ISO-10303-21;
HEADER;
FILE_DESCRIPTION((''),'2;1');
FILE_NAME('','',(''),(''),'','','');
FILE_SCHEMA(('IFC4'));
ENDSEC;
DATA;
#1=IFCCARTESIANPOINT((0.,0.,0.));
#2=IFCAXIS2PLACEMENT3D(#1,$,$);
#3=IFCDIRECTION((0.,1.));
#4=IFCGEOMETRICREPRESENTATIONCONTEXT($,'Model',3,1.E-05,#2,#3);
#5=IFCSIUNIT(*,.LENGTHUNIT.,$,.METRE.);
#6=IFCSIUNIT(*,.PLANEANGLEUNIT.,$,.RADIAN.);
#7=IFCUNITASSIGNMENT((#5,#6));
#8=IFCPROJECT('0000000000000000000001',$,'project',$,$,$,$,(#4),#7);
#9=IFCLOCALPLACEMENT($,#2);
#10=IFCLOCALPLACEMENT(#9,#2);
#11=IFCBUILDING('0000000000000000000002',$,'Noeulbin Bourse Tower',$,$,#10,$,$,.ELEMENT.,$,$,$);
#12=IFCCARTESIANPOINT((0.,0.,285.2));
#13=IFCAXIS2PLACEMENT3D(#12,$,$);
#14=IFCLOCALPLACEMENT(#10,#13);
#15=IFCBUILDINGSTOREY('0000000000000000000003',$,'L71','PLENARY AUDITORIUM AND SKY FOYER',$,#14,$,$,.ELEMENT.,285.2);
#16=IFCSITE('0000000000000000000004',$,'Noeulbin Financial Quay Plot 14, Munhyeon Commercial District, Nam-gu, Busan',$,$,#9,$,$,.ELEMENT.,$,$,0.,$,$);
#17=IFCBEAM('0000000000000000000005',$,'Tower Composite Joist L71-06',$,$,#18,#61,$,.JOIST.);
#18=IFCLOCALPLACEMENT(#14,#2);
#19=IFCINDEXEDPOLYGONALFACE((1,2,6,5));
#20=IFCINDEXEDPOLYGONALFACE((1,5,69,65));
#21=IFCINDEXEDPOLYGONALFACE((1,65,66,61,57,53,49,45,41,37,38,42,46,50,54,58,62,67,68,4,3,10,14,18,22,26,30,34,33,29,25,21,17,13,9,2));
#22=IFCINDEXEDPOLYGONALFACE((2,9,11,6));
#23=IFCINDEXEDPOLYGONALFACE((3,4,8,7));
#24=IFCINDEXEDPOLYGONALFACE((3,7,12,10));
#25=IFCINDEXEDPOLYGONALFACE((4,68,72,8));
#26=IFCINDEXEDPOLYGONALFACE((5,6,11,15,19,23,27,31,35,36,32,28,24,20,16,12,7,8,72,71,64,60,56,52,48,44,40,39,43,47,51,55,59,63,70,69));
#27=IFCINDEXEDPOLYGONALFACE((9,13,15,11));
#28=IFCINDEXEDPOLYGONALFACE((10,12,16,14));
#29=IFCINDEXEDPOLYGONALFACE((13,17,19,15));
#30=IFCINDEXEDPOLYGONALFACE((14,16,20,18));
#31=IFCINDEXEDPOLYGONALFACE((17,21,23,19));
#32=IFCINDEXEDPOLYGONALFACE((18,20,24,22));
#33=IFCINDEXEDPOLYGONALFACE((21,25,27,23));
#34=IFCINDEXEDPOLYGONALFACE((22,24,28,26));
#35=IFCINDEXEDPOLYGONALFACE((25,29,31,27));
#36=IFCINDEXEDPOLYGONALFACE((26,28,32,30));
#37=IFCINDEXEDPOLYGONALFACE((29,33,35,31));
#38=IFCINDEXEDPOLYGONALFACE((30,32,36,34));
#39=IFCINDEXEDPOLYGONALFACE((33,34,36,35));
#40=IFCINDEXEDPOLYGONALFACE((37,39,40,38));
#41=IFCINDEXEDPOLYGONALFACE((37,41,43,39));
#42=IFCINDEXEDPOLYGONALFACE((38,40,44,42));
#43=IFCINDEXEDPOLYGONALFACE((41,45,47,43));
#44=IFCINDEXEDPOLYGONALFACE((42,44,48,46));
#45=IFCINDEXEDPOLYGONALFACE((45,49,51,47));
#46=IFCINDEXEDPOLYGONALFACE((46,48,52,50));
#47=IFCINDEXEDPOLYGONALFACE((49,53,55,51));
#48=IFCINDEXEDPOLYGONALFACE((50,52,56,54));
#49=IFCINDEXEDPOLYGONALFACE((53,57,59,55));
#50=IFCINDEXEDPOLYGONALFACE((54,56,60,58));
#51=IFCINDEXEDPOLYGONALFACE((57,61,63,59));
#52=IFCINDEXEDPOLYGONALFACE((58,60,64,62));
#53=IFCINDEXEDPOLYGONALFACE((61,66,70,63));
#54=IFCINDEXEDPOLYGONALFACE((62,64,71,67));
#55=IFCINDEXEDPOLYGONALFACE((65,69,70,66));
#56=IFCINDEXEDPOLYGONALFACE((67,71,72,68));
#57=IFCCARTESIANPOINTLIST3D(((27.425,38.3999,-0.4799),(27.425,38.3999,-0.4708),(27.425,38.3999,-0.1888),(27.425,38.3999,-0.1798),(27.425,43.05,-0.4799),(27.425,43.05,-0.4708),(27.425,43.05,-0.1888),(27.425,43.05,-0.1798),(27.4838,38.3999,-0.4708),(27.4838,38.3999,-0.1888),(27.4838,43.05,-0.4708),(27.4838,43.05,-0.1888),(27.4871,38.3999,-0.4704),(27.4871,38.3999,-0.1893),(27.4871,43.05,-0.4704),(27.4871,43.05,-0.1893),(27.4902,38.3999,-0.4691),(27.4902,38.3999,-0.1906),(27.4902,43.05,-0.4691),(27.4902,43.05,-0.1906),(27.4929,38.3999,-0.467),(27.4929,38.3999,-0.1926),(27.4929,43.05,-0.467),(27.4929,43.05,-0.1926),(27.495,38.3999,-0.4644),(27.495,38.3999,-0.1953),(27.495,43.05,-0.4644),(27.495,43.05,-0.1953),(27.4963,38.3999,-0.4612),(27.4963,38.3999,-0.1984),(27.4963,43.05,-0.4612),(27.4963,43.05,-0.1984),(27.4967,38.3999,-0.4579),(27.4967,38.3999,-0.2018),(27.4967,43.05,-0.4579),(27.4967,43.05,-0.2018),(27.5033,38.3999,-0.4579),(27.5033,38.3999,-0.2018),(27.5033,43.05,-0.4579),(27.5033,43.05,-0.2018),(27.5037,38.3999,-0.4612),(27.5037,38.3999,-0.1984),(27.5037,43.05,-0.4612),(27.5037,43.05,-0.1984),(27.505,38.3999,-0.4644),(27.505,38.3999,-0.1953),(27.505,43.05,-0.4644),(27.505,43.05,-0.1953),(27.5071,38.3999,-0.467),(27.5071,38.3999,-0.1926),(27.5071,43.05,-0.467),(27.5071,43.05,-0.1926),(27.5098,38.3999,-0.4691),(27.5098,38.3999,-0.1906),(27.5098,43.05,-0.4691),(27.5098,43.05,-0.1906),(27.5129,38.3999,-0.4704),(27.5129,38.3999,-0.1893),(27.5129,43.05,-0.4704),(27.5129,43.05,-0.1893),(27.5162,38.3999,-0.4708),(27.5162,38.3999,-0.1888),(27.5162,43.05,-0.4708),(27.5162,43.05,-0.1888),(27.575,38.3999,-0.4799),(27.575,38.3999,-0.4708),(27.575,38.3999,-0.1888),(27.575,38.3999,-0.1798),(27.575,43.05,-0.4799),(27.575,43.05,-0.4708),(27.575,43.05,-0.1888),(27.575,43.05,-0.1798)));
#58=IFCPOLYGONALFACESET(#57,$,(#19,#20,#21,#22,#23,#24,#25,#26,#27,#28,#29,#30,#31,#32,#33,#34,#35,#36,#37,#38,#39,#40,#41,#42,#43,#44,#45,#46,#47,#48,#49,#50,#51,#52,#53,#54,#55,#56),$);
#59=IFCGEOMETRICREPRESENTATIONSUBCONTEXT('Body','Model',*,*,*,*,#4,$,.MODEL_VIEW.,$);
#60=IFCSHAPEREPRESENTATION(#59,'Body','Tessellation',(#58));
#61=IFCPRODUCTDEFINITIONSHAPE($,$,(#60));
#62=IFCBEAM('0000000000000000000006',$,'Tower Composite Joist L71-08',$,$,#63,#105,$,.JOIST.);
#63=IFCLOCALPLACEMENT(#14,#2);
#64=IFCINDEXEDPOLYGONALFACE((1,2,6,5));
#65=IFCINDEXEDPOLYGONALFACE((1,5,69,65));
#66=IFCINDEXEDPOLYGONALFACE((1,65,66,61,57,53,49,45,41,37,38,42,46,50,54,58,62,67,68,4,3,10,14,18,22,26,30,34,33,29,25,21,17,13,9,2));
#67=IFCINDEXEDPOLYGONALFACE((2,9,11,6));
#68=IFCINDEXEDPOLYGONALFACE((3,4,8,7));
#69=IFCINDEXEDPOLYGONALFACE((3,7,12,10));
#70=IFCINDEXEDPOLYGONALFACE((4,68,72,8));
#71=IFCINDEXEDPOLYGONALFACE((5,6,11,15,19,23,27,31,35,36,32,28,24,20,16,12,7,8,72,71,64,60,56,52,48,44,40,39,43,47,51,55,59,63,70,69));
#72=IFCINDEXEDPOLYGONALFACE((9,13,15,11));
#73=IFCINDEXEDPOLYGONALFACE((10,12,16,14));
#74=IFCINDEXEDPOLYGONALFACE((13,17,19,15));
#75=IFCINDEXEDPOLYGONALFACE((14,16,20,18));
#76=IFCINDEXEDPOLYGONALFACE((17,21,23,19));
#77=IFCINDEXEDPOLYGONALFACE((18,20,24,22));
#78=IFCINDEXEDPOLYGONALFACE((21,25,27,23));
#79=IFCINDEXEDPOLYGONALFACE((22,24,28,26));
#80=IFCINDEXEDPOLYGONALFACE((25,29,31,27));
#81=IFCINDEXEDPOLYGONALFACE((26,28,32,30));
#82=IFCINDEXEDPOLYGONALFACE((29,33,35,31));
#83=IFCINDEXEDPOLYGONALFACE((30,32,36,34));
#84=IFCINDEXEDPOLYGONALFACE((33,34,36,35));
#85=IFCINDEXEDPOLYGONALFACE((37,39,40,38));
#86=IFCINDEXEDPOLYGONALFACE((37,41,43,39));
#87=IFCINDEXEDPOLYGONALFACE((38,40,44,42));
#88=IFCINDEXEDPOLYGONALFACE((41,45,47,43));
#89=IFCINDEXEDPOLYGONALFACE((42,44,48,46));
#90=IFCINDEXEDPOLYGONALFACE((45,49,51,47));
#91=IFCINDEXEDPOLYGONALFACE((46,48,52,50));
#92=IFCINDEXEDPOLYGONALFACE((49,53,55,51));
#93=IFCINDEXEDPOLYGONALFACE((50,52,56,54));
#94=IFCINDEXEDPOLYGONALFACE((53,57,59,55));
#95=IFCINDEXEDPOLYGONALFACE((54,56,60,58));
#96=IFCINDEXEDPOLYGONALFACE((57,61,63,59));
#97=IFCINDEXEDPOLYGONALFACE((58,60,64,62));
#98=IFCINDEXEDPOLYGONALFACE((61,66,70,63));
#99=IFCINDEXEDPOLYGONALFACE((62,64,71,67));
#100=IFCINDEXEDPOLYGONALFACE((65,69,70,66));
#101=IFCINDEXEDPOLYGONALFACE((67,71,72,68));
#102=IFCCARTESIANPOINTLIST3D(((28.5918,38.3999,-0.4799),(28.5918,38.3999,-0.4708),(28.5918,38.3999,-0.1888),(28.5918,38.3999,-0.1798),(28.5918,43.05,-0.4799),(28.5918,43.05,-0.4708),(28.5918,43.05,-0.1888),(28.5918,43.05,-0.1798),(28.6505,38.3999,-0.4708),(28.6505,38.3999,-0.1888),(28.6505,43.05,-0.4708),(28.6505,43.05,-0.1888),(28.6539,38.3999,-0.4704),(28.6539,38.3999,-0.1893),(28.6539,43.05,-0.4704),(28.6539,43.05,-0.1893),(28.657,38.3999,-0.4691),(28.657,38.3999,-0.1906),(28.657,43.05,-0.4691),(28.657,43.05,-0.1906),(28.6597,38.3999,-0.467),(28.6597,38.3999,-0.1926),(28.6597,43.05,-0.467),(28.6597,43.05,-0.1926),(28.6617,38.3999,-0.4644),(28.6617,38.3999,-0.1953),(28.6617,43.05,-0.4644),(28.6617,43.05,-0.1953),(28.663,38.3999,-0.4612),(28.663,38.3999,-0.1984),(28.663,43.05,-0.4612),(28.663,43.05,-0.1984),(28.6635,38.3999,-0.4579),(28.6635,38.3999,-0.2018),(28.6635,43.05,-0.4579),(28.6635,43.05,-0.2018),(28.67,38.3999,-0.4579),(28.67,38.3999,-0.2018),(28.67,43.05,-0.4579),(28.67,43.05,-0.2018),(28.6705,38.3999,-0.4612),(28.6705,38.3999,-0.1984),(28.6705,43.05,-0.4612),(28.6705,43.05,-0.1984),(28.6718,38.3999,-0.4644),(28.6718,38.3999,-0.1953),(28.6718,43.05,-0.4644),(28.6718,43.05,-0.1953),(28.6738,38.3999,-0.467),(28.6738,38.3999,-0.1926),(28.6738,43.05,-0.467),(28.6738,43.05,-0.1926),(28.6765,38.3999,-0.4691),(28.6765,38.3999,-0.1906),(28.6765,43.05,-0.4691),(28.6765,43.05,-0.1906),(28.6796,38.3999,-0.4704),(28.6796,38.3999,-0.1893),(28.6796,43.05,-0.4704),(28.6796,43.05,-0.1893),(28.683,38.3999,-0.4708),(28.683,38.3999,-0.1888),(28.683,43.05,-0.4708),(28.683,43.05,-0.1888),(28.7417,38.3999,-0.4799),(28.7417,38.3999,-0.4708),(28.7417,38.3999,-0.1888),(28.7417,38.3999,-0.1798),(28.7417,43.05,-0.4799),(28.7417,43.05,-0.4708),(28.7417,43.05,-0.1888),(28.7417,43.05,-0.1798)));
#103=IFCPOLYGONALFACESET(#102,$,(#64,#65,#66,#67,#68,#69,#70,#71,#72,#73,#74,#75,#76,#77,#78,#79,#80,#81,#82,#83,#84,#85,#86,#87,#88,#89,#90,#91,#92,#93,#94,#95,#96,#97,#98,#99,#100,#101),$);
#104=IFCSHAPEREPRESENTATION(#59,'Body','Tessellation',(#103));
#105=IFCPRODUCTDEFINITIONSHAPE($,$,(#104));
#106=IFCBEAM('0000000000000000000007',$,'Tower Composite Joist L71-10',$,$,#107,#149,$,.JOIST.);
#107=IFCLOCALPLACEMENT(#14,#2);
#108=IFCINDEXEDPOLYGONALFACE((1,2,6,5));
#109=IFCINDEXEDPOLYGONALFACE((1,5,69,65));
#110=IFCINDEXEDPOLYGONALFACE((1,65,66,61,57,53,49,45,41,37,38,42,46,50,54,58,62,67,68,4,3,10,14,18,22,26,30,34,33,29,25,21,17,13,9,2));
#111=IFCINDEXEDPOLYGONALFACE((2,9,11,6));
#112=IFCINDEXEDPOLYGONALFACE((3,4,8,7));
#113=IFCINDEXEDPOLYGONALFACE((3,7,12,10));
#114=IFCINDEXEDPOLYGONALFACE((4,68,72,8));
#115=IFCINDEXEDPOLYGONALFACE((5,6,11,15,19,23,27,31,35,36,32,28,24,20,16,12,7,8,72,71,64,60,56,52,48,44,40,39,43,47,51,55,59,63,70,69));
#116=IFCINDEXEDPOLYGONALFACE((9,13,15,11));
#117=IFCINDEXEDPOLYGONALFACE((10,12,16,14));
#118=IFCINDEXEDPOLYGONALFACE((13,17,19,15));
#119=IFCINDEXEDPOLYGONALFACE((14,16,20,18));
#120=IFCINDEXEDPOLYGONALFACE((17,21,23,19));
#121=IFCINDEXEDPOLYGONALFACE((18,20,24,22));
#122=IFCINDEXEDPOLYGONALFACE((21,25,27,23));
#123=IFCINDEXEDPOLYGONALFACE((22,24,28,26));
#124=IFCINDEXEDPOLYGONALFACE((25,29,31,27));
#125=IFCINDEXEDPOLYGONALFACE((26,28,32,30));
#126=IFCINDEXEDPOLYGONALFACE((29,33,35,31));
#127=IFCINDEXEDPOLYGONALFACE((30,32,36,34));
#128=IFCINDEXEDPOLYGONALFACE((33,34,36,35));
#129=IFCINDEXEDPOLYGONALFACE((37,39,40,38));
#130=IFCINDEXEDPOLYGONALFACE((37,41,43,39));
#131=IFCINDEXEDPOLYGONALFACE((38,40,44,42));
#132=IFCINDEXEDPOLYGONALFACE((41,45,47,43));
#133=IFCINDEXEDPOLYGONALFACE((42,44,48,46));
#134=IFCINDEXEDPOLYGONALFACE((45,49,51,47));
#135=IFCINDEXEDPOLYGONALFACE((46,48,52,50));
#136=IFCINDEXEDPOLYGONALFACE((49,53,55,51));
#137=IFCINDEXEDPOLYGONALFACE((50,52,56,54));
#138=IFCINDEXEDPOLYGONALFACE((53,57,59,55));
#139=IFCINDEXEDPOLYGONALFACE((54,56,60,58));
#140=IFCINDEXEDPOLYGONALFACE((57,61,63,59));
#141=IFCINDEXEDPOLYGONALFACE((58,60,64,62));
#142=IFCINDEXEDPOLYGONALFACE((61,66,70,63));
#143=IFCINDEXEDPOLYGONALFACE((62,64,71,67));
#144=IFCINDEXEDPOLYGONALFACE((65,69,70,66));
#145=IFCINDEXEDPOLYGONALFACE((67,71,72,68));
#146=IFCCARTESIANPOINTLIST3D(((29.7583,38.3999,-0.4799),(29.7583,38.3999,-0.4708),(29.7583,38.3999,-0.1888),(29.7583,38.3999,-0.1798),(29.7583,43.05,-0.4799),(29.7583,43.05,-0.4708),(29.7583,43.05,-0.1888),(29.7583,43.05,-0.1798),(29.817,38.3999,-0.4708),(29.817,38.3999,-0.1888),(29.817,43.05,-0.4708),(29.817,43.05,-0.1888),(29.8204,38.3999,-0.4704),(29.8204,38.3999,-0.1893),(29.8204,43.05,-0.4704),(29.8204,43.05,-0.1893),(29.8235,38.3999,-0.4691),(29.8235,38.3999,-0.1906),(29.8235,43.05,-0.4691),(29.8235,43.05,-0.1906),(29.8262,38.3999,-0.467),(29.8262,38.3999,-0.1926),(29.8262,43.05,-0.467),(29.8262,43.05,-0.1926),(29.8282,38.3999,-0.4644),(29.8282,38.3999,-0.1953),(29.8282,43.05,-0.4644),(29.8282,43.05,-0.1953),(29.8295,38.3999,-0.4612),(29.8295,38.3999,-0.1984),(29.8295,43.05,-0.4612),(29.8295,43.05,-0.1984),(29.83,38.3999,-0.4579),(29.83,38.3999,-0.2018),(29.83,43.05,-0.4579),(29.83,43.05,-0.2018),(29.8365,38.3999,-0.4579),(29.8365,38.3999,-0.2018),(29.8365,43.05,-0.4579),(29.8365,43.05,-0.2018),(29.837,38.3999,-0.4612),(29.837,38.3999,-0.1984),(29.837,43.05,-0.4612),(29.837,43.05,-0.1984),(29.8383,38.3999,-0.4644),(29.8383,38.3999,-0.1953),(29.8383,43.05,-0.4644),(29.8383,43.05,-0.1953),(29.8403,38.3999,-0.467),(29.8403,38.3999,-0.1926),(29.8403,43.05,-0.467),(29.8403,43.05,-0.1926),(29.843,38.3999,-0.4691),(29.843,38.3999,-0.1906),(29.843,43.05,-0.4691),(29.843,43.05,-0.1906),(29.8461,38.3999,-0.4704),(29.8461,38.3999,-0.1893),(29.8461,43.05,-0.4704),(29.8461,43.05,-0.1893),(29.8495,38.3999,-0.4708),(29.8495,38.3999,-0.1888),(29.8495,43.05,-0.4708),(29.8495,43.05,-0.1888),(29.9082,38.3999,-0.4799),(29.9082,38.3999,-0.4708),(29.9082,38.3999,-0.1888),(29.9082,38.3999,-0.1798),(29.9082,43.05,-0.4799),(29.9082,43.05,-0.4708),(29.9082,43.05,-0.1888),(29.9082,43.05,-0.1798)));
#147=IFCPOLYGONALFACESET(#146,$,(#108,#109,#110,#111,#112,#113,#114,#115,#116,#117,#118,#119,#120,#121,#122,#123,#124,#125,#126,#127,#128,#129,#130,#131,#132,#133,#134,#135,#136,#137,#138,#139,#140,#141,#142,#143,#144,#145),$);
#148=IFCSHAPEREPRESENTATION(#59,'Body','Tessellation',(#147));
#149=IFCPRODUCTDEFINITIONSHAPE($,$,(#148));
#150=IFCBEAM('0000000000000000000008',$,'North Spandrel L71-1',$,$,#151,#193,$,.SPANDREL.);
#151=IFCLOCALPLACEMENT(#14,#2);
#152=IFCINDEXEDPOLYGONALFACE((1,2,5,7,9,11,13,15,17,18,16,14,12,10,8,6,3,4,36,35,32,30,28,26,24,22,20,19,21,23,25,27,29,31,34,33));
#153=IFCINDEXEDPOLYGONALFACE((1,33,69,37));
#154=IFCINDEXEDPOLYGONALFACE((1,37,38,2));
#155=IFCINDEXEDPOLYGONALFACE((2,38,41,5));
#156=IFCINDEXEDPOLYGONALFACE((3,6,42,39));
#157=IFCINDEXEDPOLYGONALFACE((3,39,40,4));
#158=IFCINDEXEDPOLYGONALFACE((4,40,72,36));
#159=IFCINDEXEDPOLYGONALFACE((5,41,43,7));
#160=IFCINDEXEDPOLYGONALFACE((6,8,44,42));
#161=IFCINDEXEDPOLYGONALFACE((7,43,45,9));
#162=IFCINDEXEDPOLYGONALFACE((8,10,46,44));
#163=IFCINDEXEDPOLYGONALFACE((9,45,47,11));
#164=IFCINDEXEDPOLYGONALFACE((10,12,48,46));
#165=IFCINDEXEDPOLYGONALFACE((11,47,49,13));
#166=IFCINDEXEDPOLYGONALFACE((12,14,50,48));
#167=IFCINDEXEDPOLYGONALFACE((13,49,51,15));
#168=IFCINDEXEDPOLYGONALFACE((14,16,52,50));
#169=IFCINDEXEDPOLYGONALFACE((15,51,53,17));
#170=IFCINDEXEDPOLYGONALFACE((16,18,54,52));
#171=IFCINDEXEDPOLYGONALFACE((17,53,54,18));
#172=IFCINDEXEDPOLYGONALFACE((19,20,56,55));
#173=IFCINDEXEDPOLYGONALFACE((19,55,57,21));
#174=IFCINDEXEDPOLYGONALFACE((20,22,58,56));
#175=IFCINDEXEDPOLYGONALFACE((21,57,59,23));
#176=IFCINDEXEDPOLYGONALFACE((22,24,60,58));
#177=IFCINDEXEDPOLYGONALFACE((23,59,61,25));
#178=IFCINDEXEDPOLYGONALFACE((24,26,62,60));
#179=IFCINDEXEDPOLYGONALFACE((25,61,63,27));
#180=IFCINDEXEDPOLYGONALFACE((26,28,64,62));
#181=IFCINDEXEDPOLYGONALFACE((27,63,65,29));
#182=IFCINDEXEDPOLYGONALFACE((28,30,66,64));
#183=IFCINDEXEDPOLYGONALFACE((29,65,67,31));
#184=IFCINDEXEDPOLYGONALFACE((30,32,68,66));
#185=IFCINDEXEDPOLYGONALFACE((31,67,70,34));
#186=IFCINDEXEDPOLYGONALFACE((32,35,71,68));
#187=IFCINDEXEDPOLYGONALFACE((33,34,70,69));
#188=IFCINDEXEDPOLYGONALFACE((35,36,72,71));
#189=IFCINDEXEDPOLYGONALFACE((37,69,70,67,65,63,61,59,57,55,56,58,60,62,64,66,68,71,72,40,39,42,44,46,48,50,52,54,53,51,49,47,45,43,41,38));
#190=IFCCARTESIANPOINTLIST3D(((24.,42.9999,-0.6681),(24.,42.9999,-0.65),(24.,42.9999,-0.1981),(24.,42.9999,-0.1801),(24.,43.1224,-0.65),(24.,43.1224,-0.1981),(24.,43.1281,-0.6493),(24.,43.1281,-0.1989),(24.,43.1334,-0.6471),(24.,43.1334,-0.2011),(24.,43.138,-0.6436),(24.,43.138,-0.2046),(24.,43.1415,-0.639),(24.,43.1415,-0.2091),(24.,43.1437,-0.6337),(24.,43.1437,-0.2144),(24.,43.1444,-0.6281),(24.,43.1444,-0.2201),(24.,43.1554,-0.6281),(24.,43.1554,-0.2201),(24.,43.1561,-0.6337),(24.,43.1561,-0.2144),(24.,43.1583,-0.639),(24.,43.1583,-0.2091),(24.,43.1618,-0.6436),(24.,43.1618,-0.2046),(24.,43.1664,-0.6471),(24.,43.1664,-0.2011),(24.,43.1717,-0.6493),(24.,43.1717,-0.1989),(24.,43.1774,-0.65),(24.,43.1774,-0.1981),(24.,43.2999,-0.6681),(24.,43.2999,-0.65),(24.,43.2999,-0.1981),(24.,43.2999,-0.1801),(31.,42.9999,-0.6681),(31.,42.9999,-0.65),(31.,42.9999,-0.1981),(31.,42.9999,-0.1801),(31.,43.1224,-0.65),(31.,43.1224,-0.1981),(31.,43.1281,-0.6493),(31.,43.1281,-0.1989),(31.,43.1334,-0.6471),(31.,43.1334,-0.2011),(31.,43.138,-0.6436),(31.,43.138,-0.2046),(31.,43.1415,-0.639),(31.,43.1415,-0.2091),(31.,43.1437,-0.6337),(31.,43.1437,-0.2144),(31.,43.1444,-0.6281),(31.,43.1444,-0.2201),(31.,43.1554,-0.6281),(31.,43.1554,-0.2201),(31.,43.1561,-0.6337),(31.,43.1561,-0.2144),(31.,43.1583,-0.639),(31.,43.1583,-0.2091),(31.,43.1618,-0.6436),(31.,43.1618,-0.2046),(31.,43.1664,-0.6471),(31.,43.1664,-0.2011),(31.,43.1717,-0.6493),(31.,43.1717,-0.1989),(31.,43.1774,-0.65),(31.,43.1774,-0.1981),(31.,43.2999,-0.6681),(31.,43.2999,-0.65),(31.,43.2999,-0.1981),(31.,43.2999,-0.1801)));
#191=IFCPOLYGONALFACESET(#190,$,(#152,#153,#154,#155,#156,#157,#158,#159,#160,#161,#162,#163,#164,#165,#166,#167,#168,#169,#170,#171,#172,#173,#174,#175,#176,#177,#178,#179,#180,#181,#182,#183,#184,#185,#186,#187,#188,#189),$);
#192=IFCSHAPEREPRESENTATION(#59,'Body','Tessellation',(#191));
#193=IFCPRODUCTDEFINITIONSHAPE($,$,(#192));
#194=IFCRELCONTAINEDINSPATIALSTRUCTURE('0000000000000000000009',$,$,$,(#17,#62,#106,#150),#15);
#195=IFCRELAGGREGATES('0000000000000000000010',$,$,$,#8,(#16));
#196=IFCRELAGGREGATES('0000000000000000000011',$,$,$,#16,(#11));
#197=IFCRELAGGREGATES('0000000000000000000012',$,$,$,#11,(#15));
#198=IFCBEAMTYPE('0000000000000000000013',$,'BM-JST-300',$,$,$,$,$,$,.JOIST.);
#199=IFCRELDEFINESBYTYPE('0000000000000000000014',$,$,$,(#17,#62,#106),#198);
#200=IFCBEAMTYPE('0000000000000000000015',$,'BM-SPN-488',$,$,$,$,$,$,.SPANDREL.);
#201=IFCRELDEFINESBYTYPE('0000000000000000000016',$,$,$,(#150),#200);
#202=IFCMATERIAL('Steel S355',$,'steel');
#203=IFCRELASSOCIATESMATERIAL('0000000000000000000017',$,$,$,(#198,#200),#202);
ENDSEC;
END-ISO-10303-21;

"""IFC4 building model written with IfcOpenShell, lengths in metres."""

from ifc_helpers import new_model, si_unit, direction, frame, origin, origin_2d, place, context, subcontext, project, spatial, i_section, extrude, material, material_profile, profile_set, type_object, element, save


model = new_model("IFC4")

# Units and contexts
model_context = context("Model", 3, precision=1e-05, world=origin(), true_north=direction((0.0, 1.0)))
body_context = subcontext(model_context, "Body", "Model", "MODEL_VIEW")
ifc_project = project(units=[si_unit("LENGTHUNIT", "METRE"), si_unit("PLANEANGLEUNIT", "RADIAN")], contexts=[model_context])

# Site, building, storey
site_placement = place(None, origin())
site = spatial("IfcSite", under=ifc_project, at=site_placement, Name="Noeulbin Financial Quay Plot 14, Munhyeon Commercial District, Nam-gu, Busan", CompositionType="ELEMENT", RefElevation=0.0)
building_placement = place(site_placement, origin())
building = spatial("IfcBuilding", under=site, at=building_placement, Name="Noeulbin Bourse Tower", CompositionType="ELEMENT")
storey_placement = place(building_placement, frame((0.0, 0.0, 285.2)))
storey = spatial("IfcBuildingStorey", under=building, at=storey_placement, Name="L71", Description="PLENARY AUDITORIUM AND SKY FOYER", CompositionType="ELEMENT", Elevation=285.2)

# Shared definitions
ifc_material_1 = material(Name="Steel S355", Category="steel")

# Beams
ifc_material_profile_1 = material_profile(ifc_material_1, i_section(OverallWidth=0.1499, OverallDepth=0.3, WebThickness=0.0066, FlangeThickness=0.009, FilletRadius=0.0129, at=origin_2d()), Name="H-300x150x6.5x9", Category="LoadBearing")
ifc_profile_set_1 = profile_set([ifc_material_profile_1], Name="Steel S355")
beam_type_1 = type_object("IfcBeamType", Name="BM-JST-300", PredefinedType="JOIST", material=ifc_profile_set_1)
for number, where, z_axis, x_axis, name in (
    (1, (27.5, 38.3999, -0.3298), (0.0, 1.0, 0.0), (-1.0, 0.0, 0.0), "Tower Composite Joist L71-06"),
    (2, (28.6667, 38.3999, -0.3298), (0.0, 1.0, 0.0), (-1.0, 0.0, 0.0), "Tower Composite Joist L71-08"),
    (3, (29.8333, 38.3999, -0.3298), (0.0, 1.0, 0.0), (-1.0, 0.0, 0.0), "Tower Composite Joist L71-10"),
):
    element("IfcBeam", number, at=place(storey_placement, frame(where, z_axis=z_axis, x_axis=x_axis)), inside=storey, type_object=beam_type_1, Name=name, PredefinedType="JOIST", context=body_context, shape_type="SweptSolid", body=[
        extrude(i_section(OverallWidth=0.1499, OverallDepth=0.3, WebThickness=0.0066, FlangeThickness=0.009, FilletRadius=0.0129, at=origin_2d()), origin(), (0.0, 0.0, 1.0), 4.6501),
    ])
ifc_material_profile_2 = material_profile(ifc_material_1, i_section(OverallWidth=0.3, OverallDepth=0.488, WebThickness=0.011, FlangeThickness=0.0181, FilletRadius=0.022, at=origin_2d()), Name="H-488x300x11x18", Category="LoadBearing")
ifc_profile_set_2 = profile_set([ifc_material_profile_2], Name="Steel S355")
beam_type_2 = type_object("IfcBeamType", Name="BM-SPN-488", PredefinedType="SPANDREL", material=ifc_profile_set_2)
beam_1_placement = place(storey_placement, frame((24.0, 43.1499, -0.4241), z_axis=(1.0, 0.0, 0.0), x_axis=(0.0, 1.0, 0.0)))
element("IfcBeam", 4, at=beam_1_placement, inside=storey, type_object=beam_type_2, Name="North Spandrel L71-1", PredefinedType="SPANDREL", context=body_context, shape_type="SweptSolid", body=[
    extrude(i_section(OverallWidth=0.3, OverallDepth=0.488, WebThickness=0.011, FlangeThickness=0.0181, FilletRadius=0.022, at=origin_2d()), origin(), (0.0, 0.0, 1.0), 7.0),
])

save(model, "model.ifc")
